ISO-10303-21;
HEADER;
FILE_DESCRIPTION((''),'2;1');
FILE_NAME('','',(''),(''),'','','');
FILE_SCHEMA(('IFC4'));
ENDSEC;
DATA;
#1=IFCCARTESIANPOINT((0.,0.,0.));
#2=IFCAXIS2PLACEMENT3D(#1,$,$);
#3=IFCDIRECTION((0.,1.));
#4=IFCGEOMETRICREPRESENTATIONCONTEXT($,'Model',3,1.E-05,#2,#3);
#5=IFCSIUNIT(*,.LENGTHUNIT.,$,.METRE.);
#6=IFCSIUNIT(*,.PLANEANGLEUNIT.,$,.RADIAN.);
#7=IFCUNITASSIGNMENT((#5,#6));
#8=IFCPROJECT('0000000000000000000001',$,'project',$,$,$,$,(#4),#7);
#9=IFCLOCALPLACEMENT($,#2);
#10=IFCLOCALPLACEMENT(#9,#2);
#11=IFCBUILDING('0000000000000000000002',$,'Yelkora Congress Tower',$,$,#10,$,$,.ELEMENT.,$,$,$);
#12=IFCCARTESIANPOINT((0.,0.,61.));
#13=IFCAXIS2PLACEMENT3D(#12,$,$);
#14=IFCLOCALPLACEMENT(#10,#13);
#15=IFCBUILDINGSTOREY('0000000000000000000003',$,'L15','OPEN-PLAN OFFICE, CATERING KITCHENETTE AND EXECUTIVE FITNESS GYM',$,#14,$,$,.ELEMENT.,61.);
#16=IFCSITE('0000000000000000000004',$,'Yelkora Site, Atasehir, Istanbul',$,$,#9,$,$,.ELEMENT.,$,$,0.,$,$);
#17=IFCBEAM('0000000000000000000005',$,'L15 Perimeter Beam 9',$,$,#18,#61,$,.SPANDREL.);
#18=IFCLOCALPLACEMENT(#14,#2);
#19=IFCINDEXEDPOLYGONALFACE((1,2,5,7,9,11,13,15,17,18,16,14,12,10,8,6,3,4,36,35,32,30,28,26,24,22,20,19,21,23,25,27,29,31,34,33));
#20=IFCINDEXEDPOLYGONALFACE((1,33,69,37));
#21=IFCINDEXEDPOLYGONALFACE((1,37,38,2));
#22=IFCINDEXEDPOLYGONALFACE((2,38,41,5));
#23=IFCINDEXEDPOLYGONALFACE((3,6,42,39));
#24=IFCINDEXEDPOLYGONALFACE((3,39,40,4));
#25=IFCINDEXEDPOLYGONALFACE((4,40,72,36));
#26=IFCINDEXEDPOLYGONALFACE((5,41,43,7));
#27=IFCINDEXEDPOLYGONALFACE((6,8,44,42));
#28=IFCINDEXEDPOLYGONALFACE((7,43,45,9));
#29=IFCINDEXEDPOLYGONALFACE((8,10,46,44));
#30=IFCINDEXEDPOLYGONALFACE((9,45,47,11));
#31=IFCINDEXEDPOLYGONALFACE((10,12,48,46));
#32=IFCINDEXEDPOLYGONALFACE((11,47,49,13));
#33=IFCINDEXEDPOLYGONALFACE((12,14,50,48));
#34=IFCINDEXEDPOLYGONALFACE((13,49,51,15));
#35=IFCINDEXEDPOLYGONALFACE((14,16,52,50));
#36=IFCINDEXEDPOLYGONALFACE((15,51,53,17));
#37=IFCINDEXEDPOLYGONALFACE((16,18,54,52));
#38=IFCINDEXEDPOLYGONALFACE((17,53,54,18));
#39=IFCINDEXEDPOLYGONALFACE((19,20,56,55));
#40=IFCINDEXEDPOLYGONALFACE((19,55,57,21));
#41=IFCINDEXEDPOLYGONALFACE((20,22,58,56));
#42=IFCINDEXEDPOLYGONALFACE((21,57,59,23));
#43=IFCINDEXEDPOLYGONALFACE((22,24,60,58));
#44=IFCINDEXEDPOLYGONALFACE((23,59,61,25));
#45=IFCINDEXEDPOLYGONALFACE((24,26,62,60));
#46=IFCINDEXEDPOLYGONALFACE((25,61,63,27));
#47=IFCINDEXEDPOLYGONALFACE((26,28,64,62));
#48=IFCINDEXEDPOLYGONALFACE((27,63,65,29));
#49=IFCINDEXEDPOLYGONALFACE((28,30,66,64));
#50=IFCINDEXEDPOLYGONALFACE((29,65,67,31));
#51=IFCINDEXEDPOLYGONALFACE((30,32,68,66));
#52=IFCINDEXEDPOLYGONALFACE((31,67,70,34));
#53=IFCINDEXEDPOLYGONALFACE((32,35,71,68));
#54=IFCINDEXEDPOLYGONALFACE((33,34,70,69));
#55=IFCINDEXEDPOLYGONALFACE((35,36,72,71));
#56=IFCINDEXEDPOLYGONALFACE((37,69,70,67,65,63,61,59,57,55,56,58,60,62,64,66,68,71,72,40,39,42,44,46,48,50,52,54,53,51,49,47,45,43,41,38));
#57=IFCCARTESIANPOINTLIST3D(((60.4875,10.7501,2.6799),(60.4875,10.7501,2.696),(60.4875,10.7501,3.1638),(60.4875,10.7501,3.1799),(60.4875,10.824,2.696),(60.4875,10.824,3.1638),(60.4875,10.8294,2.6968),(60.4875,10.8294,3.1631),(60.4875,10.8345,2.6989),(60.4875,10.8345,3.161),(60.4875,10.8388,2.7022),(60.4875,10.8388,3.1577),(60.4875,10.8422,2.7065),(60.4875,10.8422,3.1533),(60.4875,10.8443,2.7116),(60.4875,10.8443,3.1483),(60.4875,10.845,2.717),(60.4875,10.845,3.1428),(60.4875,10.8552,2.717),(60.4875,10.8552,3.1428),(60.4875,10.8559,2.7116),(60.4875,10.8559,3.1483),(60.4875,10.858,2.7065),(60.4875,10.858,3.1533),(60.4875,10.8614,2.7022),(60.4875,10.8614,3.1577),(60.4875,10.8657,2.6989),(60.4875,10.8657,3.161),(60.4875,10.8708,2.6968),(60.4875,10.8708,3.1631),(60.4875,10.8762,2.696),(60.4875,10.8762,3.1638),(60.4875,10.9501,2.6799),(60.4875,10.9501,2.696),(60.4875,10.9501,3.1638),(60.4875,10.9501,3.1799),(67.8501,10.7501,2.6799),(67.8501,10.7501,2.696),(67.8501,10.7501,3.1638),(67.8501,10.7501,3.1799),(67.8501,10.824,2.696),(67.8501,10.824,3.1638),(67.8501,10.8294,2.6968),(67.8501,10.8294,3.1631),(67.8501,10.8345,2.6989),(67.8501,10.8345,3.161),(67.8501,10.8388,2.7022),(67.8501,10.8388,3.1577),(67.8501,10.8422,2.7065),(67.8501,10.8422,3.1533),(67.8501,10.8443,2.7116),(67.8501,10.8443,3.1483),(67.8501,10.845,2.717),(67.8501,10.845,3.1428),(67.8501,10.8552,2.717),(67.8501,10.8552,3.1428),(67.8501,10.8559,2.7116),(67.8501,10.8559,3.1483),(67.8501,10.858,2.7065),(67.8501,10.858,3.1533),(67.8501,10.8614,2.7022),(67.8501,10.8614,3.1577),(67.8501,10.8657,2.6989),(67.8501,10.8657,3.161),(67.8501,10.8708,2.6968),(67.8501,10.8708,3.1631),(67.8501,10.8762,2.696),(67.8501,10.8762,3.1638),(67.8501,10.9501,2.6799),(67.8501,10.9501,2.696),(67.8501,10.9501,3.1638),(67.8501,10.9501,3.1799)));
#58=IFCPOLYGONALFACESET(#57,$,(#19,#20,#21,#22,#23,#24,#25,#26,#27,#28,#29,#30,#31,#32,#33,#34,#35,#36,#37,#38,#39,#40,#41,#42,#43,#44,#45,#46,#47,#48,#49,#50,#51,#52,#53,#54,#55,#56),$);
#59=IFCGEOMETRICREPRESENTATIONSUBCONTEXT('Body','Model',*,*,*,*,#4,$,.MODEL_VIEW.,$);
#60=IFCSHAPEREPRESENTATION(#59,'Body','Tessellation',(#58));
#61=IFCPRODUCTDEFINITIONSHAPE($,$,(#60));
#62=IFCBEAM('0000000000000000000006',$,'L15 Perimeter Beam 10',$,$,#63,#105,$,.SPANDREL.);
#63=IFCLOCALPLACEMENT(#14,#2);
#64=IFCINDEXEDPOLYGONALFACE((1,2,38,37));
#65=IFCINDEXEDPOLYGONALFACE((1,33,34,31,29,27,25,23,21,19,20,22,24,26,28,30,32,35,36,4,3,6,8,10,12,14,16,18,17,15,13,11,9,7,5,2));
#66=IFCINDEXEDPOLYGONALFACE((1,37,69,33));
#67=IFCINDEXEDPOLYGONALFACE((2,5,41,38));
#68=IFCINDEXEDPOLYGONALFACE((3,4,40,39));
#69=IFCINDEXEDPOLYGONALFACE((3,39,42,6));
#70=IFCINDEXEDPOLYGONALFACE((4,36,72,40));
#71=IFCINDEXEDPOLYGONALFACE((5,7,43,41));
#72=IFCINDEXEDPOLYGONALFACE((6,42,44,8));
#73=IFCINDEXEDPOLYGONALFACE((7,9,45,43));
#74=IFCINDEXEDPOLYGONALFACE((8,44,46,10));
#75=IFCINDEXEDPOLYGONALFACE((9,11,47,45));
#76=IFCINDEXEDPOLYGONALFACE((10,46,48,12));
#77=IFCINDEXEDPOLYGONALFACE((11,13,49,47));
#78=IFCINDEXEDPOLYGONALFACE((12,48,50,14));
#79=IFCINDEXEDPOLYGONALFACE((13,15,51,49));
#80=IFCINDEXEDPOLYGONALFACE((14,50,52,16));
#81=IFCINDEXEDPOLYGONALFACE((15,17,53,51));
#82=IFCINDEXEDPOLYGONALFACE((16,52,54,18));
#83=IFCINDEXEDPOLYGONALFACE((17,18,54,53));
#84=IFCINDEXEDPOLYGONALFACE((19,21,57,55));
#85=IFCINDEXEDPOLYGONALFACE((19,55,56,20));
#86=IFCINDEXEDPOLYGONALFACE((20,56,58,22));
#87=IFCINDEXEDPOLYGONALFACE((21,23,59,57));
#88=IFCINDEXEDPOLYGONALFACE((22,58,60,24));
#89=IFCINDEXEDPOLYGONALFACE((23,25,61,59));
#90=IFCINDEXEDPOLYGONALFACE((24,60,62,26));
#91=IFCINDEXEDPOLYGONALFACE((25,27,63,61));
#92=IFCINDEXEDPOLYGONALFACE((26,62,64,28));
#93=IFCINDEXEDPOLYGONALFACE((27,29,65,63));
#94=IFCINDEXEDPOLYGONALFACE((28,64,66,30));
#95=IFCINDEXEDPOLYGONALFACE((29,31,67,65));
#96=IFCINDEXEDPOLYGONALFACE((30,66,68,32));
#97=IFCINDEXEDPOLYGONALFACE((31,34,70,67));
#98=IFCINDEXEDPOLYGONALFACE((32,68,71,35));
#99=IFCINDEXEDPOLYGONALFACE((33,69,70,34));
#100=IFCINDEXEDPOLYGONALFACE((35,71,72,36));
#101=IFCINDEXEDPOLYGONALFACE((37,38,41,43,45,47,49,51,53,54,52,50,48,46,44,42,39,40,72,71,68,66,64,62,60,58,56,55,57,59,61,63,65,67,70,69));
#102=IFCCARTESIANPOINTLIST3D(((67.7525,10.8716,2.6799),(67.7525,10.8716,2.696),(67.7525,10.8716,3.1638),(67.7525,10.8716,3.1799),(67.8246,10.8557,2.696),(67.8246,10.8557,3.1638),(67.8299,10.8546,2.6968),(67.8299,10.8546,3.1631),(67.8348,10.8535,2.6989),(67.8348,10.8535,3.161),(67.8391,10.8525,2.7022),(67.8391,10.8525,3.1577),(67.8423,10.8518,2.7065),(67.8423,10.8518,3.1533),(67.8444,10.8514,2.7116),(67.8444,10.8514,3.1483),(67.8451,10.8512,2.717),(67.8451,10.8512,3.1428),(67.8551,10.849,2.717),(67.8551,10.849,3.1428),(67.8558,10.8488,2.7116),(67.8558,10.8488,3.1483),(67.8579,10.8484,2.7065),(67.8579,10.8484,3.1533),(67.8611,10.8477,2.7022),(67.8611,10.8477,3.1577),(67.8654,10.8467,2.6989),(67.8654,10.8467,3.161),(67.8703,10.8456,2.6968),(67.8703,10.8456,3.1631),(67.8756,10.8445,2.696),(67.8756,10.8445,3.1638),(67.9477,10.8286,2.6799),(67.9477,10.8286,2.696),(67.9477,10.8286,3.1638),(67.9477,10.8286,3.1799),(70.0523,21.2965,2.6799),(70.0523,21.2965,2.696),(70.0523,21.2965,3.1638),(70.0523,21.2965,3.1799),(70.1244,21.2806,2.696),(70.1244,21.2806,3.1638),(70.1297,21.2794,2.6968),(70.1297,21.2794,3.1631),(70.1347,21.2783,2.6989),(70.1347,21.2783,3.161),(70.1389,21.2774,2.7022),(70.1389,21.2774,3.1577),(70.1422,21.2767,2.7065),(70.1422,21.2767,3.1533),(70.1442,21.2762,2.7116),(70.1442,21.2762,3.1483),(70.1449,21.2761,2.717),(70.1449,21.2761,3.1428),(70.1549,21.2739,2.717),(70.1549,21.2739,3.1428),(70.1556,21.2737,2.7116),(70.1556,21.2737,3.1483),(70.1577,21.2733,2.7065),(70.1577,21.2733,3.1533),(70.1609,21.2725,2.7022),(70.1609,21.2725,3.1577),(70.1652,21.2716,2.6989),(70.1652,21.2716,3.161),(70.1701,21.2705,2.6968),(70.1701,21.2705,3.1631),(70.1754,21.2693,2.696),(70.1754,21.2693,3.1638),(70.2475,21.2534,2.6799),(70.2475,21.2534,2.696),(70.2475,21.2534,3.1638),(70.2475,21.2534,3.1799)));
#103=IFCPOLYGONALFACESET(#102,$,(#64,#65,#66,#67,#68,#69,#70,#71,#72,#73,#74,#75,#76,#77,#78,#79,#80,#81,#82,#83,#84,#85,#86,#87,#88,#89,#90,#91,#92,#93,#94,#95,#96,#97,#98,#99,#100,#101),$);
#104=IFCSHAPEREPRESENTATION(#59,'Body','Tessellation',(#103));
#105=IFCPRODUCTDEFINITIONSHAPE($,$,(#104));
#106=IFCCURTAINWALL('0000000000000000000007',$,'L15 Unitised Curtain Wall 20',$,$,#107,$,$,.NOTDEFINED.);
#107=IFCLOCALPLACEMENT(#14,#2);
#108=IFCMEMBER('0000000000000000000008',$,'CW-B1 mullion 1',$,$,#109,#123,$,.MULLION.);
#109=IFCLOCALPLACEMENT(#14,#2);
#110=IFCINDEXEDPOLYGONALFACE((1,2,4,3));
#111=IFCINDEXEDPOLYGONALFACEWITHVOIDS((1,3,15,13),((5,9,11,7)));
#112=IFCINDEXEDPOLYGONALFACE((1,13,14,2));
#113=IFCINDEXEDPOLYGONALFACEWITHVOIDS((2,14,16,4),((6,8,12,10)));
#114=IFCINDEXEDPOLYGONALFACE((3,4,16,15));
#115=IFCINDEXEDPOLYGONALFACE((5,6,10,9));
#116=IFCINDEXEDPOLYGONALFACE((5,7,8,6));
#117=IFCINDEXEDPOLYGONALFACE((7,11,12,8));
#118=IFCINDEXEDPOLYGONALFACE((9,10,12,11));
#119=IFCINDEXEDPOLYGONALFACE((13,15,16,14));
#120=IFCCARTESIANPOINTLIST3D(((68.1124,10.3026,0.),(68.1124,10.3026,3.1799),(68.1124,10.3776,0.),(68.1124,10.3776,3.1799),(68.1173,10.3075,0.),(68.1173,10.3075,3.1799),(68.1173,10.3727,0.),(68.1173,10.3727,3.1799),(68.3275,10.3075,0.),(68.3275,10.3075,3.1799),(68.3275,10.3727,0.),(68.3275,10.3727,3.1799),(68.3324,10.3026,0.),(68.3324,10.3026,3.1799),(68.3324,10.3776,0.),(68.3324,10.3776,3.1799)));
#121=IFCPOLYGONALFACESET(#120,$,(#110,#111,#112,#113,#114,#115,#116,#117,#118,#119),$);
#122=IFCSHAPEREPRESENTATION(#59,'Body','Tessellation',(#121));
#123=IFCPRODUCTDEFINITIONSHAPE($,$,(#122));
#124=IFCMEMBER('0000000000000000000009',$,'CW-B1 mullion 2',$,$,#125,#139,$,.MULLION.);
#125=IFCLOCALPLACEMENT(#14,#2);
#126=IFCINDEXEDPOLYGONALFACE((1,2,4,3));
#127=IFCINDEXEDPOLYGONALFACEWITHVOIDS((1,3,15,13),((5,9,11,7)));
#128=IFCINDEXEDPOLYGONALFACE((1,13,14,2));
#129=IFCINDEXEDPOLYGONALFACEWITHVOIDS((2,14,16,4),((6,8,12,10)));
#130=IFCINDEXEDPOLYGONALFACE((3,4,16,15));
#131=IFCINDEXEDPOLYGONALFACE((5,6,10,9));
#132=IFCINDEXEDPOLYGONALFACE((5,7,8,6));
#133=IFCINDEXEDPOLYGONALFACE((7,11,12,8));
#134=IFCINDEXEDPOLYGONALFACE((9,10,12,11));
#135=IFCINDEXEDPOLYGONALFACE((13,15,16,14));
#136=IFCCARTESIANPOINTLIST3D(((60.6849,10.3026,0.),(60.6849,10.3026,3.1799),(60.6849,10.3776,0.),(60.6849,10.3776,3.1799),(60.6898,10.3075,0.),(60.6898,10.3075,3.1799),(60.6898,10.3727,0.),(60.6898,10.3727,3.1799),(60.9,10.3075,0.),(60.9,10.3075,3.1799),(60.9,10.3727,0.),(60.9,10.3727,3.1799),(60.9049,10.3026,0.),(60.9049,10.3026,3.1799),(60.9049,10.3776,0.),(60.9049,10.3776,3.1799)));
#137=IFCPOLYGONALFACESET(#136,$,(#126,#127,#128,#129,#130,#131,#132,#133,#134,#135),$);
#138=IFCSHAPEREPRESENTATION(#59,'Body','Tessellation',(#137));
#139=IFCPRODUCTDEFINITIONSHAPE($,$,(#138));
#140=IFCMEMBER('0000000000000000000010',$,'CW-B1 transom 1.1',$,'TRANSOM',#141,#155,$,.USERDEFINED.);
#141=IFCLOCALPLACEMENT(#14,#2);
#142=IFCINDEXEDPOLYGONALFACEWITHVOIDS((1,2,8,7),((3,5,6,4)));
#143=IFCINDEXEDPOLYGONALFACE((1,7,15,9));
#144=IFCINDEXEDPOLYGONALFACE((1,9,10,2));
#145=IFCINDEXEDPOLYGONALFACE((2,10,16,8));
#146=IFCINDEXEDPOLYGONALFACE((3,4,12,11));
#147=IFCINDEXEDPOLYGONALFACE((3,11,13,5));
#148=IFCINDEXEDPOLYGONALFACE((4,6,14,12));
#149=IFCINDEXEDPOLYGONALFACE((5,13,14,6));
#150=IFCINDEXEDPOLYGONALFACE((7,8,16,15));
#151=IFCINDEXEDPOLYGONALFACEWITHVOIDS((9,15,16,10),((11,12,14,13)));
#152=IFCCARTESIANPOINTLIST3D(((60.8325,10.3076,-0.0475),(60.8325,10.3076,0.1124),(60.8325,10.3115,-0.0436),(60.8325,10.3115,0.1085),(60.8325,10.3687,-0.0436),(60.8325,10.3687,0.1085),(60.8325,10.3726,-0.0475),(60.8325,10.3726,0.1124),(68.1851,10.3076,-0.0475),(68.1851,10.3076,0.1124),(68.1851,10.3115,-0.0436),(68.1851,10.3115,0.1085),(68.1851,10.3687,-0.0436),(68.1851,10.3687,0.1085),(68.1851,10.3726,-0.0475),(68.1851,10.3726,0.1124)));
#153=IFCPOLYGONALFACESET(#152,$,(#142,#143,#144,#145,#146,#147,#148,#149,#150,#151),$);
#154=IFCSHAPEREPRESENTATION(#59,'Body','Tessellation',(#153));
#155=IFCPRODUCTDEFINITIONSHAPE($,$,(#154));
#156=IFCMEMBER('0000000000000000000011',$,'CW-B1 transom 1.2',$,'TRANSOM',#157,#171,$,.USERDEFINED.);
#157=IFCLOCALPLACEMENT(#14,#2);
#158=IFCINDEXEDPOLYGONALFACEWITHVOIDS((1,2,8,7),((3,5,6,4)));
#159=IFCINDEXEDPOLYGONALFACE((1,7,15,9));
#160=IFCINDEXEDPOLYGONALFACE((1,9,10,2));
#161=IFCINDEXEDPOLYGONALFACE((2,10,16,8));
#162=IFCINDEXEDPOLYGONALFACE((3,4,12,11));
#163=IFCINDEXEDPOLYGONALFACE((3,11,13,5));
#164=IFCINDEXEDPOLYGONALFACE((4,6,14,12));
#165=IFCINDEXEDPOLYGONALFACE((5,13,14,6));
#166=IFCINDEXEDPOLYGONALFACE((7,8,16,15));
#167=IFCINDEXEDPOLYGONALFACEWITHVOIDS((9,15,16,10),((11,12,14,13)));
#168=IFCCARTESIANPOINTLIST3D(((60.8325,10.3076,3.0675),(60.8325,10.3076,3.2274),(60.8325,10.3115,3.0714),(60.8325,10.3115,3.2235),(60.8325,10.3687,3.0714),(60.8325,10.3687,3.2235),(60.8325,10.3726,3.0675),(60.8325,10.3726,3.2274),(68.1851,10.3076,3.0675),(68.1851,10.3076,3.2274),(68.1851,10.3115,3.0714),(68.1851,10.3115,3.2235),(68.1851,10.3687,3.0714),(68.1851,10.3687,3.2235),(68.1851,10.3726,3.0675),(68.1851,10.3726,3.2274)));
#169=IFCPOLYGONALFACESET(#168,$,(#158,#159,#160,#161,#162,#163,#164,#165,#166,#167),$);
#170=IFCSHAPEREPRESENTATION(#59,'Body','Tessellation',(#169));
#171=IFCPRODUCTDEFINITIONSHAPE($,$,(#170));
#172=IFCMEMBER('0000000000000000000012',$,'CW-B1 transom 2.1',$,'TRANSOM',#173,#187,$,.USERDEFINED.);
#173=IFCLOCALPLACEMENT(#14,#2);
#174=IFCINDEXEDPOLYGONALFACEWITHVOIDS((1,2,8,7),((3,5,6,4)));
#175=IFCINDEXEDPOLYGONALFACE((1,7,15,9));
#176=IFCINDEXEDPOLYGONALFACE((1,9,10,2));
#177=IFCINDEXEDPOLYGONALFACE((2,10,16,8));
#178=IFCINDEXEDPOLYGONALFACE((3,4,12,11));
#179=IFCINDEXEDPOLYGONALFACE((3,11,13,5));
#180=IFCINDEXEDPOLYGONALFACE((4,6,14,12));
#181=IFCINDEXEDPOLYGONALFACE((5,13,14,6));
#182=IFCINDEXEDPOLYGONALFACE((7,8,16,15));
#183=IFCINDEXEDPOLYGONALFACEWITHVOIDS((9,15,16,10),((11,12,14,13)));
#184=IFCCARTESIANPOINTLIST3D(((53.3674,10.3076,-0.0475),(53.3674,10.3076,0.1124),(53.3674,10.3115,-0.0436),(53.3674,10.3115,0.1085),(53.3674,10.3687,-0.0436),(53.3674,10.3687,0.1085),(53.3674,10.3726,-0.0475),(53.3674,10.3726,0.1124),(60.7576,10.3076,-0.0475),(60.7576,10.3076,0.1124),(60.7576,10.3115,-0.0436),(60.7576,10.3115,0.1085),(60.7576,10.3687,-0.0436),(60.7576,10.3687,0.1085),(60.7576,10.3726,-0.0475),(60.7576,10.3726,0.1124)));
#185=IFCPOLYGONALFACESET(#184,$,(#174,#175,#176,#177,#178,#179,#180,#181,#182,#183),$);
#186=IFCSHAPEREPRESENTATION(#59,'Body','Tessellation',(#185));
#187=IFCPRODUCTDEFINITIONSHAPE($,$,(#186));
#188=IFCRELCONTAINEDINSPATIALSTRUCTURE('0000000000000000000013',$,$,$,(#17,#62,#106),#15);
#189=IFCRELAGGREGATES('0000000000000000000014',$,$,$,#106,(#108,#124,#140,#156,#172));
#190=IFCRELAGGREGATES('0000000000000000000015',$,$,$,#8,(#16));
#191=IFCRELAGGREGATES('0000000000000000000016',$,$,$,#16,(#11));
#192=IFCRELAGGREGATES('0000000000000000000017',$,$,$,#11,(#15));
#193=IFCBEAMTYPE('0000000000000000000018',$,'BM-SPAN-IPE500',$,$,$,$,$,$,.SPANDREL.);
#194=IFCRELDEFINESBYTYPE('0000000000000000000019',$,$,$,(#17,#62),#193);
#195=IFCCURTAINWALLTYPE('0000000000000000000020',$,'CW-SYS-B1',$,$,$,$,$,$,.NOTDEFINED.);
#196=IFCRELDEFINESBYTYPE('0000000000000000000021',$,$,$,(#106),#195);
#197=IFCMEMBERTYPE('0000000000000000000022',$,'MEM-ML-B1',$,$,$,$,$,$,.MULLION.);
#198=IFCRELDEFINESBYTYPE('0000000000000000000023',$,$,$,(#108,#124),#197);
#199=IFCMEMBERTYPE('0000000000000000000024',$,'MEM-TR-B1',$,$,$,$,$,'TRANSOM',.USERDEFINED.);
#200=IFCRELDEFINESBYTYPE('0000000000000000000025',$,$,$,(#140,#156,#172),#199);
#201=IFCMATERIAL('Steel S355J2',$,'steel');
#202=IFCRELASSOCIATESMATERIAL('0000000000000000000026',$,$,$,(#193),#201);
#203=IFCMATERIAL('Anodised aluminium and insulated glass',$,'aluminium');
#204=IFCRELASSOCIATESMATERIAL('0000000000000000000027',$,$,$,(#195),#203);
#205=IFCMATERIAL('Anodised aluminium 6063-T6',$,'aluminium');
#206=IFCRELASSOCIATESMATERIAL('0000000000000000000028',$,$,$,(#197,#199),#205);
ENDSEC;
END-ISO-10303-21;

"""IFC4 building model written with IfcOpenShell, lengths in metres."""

from ifc_helpers import new_model, si_unit, direction, frame, origin, origin_2d, place, context, subcontext, project, spatial, hollow_rectangle, i_section, extrude, material, material_profile, profile_set, type_object, element, aggregate, save


model = new_model("IFC4")

# Units and contexts
model_context = context("Model", 3, precision=1e-05, world=origin(), true_north=direction((0.0, 1.0)))
body_context = subcontext(model_context, "Body", "Model", "MODEL_VIEW")
ifc_project = project(units=[si_unit("LENGTHUNIT", "METRE"), si_unit("PLANEANGLEUNIT", "RADIAN")], contexts=[model_context])

# Site, building, storey
site_placement = place(None, origin())
site = spatial("IfcSite", under=ifc_project, at=site_placement, Name="Yelkora Site, Atasehir, Istanbul", CompositionType="ELEMENT", RefElevation=0.0)
building_placement = place(site_placement, origin())
building = spatial("IfcBuilding", under=site, at=building_placement, Name="Yelkora Congress Tower", CompositionType="ELEMENT")
storey_placement = place(building_placement, frame((0.0, 0.0, 61.0)))
storey = spatial("IfcBuildingStorey", under=building, at=storey_placement, Name="L15", Description="OPEN-PLAN OFFICE, CATERING KITCHENETTE AND EXECUTIVE FITNESS GYM", CompositionType="ELEMENT", Elevation=61.0)

# Beams
ifc_material_1 = material(Name="Steel S355J2", Category="steel")
ifc_material_profile_1 = material_profile(ifc_material_1, i_section(OverallWidth=0.2, OverallDepth=0.5, WebThickness=0.0103, FlangeThickness=0.0161, FilletRadius=0.021, at=origin_2d()), Name="IPE 500")
ifc_profile_set_1 = profile_set([ifc_material_profile_1], Name="Steel S355J2")
beam_type_1 = type_object("IfcBeamType", Name="BM-SPAN-IPE500", PredefinedType="SPANDREL", material=ifc_profile_set_1)
beam_1_placement = place(storey_placement, frame((60.4875, 10.8501, 2.9299), z_axis=(1.0, 0.0, 0.0), x_axis=(0.0, 1.0, 0.0)))
element("IfcBeam", 1, at=beam_1_placement, inside=storey, type_object=beam_type_1, Name="L15 Perimeter Beam 9", PredefinedType="SPANDREL", context=body_context, shape_type="SweptSolid", body=[
    extrude(i_section(OverallWidth=0.2, OverallDepth=0.5, WebThickness=0.0103, FlangeThickness=0.0161, FilletRadius=0.021, at=origin_2d()), origin(), (0.0, 0.0, 1.0), 7.3625),
])
beam_2_placement = place(storey_placement, frame((67.8501, 10.8501, 2.9299), z_axis=(0.215429, 0.97652, 0.0), x_axis=(-0.97652, 0.215429, 0.0)))
element("IfcBeam", 2, at=beam_2_placement, inside=storey, type_object=beam_type_1, Name="L15 Perimeter Beam 10", PredefinedType="SPANDREL", context=body_context, shape_type="SweptSolid", body=[
    extrude(i_section(OverallWidth=0.2, OverallDepth=0.5, WebThickness=0.0103, FlangeThickness=0.0161, FilletRadius=0.021, at=origin_2d()), origin(), (0.0, 0.0, 1.0), 10.6755),
])

# Curtain wall, members
ifc_material_2 = material(Name="Anodised aluminium and insulated glass", Category="aluminium")
curtain_wall_type = type_object("IfcCurtainWallType", Name="CW-SYS-B1", PredefinedType="NOTDEFINED", material=ifc_material_2)
curtain_wall_placement = place(storey_placement, origin())
curtain_wall = element("IfcCurtainWall", 3, at=curtain_wall_placement, inside=storey, type_object=curtain_wall_type, Name="L15 Unitised Curtain Wall 20", PredefinedType="NOTDEFINED")
ifc_material_3 = material(Name="Anodised aluminium 6063-T6", Category="aluminium")
ifc_material_profile_2 = material_profile(ifc_material_3, hollow_rectangle(XDim=0.075, YDim=0.22, WallThickness=0.0049, at=origin_2d()), Name="ALU 75x220x5")
ifc_profile_set_2 = profile_set([ifc_material_profile_2], Name="Anodised aluminium 6063-T6")
member_type_1 = type_object("IfcMemberType", Name="MEM-ML-B1", PredefinedType="MULLION", material=ifc_profile_set_2)
member_1_placement = place(storey_placement, frame((68.2224, 10.3401, 0.0), z_axis=(0.0, 0.0, 1.0), x_axis=(0.0, -1.0, 0.0)))
member_1 = element("IfcMember", 4, at=member_1_placement, type_object=member_type_1, Name="CW-B1 mullion 1", PredefinedType="MULLION", context=body_context, shape_type="SweptSolid", body=[
    extrude(hollow_rectangle(XDim=0.075, YDim=0.22, WallThickness=0.0049, at=origin_2d()), origin(), (0.0, 0.0, 1.0), 3.1799),
])
member_2_placement = place(storey_placement, frame((60.7949, 10.3401, 0.0), z_axis=(0.0, 0.0, 1.0), x_axis=(0.0, -1.0, 0.0)))
member_2 = element("IfcMember", 5, at=member_2_placement, type_object=member_type_1, Name="CW-B1 mullion 2", PredefinedType="MULLION", context=body_context, shape_type="SweptSolid", body=[
    extrude(hollow_rectangle(XDim=0.075, YDim=0.22, WallThickness=0.0049, at=origin_2d()), origin(), (0.0, 0.0, 1.0), 3.1799),
])
ifc_material_profile_3 = material_profile(ifc_material_3, hollow_rectangle(XDim=0.0649, YDim=0.1599, WallThickness=0.0039, at=origin_2d()), Name="ALU 65x160x4")
ifc_profile_set_3 = profile_set([ifc_material_profile_3], Name="Anodised aluminium 6063-T6")
member_type_2 = type_object("IfcMemberType", Name="MEM-TR-B1", ElementType="TRANSOM", PredefinedType="USERDEFINED", material=ifc_profile_set_3)
member_3_placement = place(storey_placement, frame((68.1851, 10.3401, 0.0325), z_axis=(-1.0, 0.0, 0.0), x_axis=(0.0, -1.0, 0.0)))
member_3 = element("IfcMember", 6, at=member_3_placement, type_object=member_type_2, Name="CW-B1 transom 1.1", ObjectType="TRANSOM", PredefinedType="USERDEFINED", context=body_context, shape_type="SweptSolid", body=[
    extrude(hollow_rectangle(XDim=0.0649, YDim=0.1599, WallThickness=0.0039, at=origin_2d()), origin(), (0.0, 0.0, 1.0), 7.3525),
])
member_4_placement = place(storey_placement, frame((68.1851, 10.3401, 3.1475), z_axis=(-1.0, 0.0, 0.0), x_axis=(0.0, -1.0, 0.0)))
member_4 = element("IfcMember", 7, at=member_4_placement, type_object=member_type_2, Name="CW-B1 transom 1.2", ObjectType="TRANSOM", PredefinedType="USERDEFINED", context=body_context, shape_type="SweptSolid", body=[
    extrude(hollow_rectangle(XDim=0.0649, YDim=0.1599, WallThickness=0.0039, at=origin_2d()), origin(), (0.0, 0.0, 1.0), 7.3525),
])
member_5_placement = place(storey_placement, frame((60.7576, 10.3401, 0.0325), z_axis=(-1.0, 0.0, 0.0), x_axis=(0.0, -1.0, 0.0)))
member_5 = element("IfcMember", 8, at=member_5_placement, type_object=member_type_2, Name="CW-B1 transom 2.1", ObjectType="TRANSOM", PredefinedType="USERDEFINED", context=body_context, shape_type="SweptSolid", body=[
    extrude(hollow_rectangle(XDim=0.0649, YDim=0.1599, WallThickness=0.0039, at=origin_2d()), origin(), (0.0, 0.0, 1.0), 7.3901),
])
aggregate(curtain_wall, [member_1, member_2, member_3, member_4, member_5])

save(model, "model.ifc")
